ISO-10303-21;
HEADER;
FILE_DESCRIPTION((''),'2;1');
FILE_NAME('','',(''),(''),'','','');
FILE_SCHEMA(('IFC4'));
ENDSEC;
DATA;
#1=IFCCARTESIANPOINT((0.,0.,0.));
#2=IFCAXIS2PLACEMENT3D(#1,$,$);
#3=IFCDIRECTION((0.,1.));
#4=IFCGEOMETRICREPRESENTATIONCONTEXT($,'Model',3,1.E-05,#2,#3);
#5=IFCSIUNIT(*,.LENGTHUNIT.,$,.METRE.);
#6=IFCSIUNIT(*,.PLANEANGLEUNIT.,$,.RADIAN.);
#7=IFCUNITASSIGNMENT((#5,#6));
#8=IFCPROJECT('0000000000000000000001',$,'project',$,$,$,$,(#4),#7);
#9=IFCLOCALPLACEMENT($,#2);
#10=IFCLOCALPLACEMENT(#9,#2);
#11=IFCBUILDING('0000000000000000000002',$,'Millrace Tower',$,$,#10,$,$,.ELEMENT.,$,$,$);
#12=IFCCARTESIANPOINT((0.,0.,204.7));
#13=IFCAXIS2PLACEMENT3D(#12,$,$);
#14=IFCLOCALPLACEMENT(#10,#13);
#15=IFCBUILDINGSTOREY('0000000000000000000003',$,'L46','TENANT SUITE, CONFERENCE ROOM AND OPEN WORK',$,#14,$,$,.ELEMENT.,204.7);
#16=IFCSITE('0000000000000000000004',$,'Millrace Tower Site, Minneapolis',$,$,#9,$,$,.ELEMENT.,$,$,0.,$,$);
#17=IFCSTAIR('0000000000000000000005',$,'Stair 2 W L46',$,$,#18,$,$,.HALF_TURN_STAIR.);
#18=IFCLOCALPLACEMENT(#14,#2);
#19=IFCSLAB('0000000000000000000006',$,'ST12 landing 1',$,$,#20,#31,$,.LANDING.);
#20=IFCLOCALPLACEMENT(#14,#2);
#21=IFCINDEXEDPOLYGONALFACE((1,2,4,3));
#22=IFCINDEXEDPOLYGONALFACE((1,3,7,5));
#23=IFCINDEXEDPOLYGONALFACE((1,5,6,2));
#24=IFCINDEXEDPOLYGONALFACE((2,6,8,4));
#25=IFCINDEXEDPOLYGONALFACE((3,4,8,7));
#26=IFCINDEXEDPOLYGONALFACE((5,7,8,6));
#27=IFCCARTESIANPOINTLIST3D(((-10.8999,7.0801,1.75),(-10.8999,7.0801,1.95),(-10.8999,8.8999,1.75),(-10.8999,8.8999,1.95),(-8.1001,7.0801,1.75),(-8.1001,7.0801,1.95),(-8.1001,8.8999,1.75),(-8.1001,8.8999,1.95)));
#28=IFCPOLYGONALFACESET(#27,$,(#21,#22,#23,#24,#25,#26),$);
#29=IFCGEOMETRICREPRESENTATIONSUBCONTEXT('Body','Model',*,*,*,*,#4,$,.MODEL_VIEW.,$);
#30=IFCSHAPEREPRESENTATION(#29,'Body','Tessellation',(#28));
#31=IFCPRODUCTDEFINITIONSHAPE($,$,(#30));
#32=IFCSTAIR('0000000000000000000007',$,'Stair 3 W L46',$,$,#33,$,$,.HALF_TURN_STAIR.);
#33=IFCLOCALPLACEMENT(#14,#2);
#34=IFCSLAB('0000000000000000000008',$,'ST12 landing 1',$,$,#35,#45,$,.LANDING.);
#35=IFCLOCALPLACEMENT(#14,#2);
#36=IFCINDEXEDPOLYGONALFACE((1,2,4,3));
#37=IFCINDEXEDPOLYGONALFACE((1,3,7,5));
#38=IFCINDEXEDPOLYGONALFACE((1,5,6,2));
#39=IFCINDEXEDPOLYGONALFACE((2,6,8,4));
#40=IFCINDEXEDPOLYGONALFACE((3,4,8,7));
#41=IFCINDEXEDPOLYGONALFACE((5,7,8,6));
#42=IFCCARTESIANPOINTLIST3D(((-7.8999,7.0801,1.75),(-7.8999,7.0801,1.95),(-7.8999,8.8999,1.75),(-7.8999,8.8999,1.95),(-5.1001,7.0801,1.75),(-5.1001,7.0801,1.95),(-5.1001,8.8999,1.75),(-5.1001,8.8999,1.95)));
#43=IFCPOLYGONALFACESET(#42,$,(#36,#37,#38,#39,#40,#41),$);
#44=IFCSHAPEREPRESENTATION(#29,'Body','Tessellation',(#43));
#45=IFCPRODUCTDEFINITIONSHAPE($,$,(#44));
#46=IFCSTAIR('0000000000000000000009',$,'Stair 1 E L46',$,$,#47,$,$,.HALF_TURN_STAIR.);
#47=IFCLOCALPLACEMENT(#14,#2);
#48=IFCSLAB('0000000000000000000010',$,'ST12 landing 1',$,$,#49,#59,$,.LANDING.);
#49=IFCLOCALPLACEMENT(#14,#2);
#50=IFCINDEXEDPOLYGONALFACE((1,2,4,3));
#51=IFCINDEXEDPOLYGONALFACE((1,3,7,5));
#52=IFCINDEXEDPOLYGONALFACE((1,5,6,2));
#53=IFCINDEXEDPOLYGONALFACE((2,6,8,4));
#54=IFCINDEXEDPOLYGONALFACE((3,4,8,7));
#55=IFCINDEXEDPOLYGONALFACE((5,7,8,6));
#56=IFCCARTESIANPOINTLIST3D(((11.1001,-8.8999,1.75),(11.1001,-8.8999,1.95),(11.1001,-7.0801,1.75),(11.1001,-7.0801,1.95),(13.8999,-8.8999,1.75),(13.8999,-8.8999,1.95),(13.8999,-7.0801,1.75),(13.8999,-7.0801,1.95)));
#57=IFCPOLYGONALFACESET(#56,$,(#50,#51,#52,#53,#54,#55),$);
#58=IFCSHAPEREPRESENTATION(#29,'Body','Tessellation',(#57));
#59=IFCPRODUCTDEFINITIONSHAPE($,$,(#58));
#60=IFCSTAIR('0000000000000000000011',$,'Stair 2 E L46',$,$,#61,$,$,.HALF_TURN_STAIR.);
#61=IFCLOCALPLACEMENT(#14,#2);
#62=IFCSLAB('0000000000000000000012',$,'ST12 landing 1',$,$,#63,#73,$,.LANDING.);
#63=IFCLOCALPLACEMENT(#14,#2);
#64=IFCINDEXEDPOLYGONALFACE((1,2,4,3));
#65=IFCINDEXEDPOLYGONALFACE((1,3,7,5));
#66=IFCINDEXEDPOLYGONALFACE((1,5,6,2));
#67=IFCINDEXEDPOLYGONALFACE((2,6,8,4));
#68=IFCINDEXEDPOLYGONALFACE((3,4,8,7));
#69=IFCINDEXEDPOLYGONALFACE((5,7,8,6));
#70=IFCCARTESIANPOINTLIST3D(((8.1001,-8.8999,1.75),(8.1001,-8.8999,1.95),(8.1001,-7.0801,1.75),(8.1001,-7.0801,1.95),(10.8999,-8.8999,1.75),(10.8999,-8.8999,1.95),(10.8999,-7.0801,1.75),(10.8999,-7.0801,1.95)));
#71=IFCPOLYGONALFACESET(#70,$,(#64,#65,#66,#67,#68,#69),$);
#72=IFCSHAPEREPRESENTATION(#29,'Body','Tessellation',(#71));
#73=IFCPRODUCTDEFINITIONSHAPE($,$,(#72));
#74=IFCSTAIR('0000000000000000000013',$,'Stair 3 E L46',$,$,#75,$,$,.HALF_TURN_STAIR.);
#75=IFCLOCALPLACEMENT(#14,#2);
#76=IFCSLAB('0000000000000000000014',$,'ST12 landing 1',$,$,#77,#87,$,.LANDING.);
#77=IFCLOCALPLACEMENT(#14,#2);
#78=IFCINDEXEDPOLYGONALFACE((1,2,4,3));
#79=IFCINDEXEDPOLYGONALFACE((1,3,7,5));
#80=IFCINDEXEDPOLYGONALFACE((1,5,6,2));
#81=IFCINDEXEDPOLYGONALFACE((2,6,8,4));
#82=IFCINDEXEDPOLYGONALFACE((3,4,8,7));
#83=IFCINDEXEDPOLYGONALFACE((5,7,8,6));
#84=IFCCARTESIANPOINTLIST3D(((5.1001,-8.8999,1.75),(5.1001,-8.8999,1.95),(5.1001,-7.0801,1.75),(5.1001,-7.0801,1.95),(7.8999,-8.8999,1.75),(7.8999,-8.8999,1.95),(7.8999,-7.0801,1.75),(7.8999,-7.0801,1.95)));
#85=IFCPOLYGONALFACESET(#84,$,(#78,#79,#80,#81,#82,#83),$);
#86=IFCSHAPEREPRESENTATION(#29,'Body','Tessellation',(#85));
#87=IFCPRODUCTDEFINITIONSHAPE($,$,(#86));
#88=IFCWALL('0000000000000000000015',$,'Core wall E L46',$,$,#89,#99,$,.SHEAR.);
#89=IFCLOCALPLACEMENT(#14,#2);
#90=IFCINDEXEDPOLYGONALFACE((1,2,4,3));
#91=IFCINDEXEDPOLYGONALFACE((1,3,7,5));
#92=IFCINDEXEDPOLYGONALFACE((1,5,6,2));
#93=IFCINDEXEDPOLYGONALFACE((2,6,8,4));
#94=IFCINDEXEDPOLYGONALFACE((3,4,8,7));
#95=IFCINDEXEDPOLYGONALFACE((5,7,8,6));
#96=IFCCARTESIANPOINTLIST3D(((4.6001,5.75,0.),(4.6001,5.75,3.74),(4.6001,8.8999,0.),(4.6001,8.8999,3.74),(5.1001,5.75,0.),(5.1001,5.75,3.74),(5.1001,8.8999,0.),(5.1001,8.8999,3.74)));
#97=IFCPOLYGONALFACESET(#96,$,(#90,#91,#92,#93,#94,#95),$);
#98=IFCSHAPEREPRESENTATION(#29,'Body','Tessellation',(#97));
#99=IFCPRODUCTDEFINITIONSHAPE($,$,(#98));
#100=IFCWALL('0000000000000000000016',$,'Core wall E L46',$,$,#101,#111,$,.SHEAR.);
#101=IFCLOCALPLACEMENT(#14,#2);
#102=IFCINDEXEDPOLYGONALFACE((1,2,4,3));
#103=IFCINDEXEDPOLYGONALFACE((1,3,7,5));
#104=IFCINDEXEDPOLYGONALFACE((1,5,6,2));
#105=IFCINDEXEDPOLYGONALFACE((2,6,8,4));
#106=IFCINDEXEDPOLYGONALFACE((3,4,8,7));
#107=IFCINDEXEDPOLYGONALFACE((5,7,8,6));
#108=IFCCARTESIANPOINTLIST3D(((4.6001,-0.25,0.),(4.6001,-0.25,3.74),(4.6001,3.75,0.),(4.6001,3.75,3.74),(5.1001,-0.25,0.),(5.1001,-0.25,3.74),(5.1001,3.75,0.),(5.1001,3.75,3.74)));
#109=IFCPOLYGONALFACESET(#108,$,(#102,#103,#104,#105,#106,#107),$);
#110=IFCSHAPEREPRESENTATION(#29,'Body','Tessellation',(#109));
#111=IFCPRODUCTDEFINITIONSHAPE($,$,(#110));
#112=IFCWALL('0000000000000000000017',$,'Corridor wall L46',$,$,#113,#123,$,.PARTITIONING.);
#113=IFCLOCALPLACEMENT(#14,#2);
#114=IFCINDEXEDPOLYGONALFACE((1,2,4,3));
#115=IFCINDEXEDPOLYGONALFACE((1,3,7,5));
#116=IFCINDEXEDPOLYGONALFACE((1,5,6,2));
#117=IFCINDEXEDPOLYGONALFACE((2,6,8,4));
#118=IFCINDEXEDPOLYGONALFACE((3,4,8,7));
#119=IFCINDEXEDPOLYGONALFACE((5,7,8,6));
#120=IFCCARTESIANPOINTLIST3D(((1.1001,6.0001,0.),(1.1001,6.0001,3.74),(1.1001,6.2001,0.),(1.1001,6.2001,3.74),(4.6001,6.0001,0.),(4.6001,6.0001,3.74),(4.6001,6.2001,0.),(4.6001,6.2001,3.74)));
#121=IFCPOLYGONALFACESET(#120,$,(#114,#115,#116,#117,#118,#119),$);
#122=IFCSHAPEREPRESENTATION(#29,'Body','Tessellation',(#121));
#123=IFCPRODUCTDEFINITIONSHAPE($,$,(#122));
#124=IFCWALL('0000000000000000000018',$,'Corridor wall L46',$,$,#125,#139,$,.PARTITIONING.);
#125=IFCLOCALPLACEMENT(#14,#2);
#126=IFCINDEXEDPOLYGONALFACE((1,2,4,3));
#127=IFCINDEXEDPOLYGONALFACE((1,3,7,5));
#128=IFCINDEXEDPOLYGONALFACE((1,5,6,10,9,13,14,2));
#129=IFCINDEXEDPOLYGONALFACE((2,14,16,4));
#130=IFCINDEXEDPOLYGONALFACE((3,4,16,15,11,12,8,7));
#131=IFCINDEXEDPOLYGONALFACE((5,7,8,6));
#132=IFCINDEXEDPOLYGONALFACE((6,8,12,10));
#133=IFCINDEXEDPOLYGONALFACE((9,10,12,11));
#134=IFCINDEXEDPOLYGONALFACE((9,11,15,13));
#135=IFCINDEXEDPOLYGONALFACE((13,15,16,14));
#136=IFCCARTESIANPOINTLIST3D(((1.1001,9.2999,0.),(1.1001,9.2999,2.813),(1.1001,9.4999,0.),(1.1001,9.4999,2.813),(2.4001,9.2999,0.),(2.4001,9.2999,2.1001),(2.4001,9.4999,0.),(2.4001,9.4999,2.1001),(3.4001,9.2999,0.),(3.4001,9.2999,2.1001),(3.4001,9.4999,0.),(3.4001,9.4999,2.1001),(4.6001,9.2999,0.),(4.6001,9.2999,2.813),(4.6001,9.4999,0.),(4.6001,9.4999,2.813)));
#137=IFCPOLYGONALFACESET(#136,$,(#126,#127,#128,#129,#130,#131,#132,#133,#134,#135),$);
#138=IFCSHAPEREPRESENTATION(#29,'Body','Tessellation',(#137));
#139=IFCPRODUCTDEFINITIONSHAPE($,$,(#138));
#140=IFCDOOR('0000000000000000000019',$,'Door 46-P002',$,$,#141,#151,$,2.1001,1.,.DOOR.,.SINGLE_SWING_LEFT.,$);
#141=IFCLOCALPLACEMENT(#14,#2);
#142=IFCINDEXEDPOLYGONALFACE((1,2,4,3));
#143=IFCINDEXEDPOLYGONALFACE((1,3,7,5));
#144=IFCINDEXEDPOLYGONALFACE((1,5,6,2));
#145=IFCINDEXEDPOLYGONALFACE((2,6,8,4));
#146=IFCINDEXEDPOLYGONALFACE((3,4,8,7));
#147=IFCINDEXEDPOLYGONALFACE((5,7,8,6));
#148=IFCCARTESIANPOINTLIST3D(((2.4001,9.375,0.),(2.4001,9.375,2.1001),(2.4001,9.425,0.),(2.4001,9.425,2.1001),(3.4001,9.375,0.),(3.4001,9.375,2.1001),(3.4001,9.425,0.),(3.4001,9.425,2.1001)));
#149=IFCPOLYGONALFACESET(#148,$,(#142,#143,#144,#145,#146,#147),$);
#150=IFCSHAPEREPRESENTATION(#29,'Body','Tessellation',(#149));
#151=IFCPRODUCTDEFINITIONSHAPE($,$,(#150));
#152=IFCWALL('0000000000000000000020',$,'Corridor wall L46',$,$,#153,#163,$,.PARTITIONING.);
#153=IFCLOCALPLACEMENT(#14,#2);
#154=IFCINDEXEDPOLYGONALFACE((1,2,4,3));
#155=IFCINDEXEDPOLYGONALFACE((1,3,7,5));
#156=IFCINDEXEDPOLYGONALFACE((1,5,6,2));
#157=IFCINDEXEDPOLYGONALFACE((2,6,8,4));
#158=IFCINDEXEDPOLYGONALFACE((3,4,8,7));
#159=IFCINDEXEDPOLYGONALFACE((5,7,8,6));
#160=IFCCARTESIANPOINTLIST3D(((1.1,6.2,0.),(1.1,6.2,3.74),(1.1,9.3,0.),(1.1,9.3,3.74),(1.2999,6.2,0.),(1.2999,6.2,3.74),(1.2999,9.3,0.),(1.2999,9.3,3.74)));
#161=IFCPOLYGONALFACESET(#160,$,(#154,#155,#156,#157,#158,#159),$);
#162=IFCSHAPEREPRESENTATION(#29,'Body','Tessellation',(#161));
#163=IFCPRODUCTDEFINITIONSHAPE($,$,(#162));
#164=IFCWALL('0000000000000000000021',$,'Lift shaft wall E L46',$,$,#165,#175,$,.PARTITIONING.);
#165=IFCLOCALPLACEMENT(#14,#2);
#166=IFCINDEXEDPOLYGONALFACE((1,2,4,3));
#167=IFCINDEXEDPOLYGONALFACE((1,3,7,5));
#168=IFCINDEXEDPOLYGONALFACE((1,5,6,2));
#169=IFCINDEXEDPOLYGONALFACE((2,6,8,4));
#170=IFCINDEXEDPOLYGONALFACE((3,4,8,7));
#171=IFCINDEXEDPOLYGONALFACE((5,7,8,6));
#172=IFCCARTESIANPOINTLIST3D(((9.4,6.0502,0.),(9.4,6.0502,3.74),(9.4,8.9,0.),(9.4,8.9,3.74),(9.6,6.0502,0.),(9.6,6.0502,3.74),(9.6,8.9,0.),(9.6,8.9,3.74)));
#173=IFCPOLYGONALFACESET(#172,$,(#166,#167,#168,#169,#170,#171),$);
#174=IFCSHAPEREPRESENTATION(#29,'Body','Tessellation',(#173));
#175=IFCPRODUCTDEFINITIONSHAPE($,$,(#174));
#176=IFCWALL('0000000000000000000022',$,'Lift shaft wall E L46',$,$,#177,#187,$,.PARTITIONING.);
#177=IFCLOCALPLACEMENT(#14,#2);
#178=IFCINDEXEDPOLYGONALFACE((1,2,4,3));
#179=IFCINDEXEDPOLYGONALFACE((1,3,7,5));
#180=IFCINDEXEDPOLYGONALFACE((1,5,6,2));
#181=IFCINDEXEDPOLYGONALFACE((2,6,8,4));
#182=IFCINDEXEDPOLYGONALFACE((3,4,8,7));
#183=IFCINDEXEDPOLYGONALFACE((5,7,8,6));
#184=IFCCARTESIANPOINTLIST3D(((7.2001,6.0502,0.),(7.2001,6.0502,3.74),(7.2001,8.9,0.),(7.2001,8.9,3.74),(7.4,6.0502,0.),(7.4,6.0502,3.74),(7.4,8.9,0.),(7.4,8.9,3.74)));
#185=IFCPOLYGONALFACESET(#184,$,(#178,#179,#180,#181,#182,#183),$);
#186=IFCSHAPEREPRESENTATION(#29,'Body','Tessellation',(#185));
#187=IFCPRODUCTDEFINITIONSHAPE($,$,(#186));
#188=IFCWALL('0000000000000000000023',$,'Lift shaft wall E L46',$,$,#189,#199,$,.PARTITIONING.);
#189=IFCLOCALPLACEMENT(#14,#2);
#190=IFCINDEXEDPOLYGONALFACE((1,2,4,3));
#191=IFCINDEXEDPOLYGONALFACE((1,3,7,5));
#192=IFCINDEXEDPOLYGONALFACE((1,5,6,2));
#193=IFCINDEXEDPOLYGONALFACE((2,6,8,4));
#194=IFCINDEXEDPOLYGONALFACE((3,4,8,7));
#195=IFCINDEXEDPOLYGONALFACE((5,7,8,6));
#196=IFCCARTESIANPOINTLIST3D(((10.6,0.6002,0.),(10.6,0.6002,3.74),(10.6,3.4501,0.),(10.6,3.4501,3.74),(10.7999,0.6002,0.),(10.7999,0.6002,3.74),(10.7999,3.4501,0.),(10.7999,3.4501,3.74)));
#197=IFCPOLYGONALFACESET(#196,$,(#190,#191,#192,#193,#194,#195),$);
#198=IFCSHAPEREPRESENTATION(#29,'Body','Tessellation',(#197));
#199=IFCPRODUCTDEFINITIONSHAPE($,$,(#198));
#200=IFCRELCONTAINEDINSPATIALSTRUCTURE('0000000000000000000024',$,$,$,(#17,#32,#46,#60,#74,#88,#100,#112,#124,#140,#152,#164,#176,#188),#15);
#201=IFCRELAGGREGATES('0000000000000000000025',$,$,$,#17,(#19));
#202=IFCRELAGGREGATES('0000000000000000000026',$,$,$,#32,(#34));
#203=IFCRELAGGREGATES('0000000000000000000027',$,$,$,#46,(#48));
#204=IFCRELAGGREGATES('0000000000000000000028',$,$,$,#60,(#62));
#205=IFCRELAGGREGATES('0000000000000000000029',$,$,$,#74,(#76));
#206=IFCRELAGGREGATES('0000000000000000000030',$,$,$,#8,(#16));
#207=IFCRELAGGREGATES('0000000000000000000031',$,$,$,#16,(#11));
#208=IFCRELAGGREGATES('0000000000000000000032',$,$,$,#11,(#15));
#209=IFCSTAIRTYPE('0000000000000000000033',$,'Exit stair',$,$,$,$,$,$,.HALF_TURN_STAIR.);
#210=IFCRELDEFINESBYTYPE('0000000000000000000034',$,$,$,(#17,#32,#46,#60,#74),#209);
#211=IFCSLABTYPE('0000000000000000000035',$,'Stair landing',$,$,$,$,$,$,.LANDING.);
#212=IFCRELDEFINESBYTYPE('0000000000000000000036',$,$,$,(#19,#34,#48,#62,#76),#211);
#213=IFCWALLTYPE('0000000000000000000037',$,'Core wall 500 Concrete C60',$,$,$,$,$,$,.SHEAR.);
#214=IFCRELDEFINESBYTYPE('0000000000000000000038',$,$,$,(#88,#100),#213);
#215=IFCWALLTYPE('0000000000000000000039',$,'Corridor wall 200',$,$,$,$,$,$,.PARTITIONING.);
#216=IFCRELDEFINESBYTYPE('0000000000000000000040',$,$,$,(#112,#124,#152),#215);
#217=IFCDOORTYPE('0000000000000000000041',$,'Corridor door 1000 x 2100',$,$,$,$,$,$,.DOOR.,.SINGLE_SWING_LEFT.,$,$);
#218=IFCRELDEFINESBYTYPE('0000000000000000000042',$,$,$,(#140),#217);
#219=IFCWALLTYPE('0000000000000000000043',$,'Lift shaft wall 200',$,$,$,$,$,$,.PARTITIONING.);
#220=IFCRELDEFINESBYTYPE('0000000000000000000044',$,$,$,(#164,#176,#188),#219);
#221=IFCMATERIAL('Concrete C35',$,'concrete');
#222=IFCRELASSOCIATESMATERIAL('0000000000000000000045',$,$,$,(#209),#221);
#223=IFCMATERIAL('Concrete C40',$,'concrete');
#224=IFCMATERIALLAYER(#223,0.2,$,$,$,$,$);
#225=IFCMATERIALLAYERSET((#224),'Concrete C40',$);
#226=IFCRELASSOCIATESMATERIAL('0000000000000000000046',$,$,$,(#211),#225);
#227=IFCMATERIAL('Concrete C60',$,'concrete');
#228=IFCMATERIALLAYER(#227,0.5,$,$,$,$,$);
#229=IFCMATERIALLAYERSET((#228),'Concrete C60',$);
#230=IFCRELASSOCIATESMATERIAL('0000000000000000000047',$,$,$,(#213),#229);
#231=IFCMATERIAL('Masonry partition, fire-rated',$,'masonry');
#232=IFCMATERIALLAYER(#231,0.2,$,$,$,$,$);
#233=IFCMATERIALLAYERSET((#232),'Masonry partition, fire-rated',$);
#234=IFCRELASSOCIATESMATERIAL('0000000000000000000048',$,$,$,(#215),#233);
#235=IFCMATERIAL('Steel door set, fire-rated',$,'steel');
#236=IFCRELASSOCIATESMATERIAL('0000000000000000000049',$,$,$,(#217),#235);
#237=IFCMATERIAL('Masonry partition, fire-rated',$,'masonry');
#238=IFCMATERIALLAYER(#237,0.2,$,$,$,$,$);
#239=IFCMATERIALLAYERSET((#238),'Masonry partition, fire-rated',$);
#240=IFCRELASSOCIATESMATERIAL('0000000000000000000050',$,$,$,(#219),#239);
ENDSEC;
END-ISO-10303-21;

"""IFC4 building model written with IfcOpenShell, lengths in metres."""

from ifc_helpers import new_model, si_unit, direction, frame, frame_2d, origin, place, context, subcontext, project, spatial, polyline, rectangle, outline, extrude, material, layer, layer_set, type_object, element, fill, aggregate, save


model = new_model("IFC4")

# Units and contexts
model_context = context("Model", 3, precision=1e-05, world=origin(), true_north=direction((0.0, 1.0)))
body_context = subcontext(model_context, "Body", "Model", "MODEL_VIEW")
ifc_project = project(units=[si_unit("LENGTHUNIT", "METRE"), si_unit("PLANEANGLEUNIT", "RADIAN")], contexts=[model_context])

# Site, building, storey
site_placement = place(None, origin())
site = spatial("IfcSite", under=ifc_project, at=site_placement, Name="Millrace Tower Site, Minneapolis", CompositionType="ELEMENT", RefElevation=0.0)
building_placement = place(site_placement, origin())
building = spatial("IfcBuilding", under=site, at=building_placement, Name="Millrace Tower", CompositionType="ELEMENT")
storey_placement = place(building_placement, frame((0.0, 0.0, 204.7)))
storey = spatial("IfcBuildingStorey", under=building, at=storey_placement, Name="L46", Description="TENANT SUITE, CONFERENCE ROOM AND OPEN WORK", CompositionType="ELEMENT", Elevation=204.7)

# Shared definitions
placement_1 = place(storey_placement, origin())

# Stairs, slabs
ifc_material_1 = material(Name="Concrete C35", Category="concrete")
stair_type = type_object("IfcStairType", Name="Exit stair", PredefinedType="HALF_TURN_STAIR", material=ifc_material_1)
ifc_material_2 = material(Name="Concrete C40", Category="concrete")
ifc_layer_1 = layer(ifc_material_2, 0.2)
ifc_layer_set_1 = layer_set([ifc_layer_1], Name="Concrete C40")
slab_type = type_object("IfcSlabType", Name="Stair landing", PredefinedType="LANDING", material=ifc_layer_set_1)
placement_2 = place(storey_placement, frame((0.0, 0.0, 1.75)))
stair_1 = element("IfcStair", 1, at=placement_1, inside=storey, type_object=stair_type, Name="Stair 2 W L46", PredefinedType="HALF_TURN_STAIR")
slab_1 = element("IfcSlab", 2, at=placement_2, type_object=slab_type, Name="ST12 landing 1", PredefinedType="LANDING", context=body_context, shape_type="SweptSolid", body=[
    extrude(outline(polyline([(-10.8999, 7.0801), (-8.1001, 7.0801), (-8.1001, 8.8999), (-10.8999, 8.8999), (-10.8999, 7.0801)])), origin(), (0.0, 0.0, 1.0), 0.2),
])
aggregate(stair_1, [slab_1])
stair_2 = element("IfcStair", 3, at=placement_1, inside=storey, type_object=stair_type, Name="Stair 3 W L46", PredefinedType="HALF_TURN_STAIR")
slab_2 = element("IfcSlab", 4, at=placement_2, type_object=slab_type, Name="ST12 landing 1", PredefinedType="LANDING", context=body_context, shape_type="SweptSolid", body=[
    extrude(outline(polyline([(-7.8999, 7.0801), (-5.1001, 7.0801), (-5.1001, 8.8999), (-7.8999, 8.8999), (-7.8999, 7.0801)])), origin(), (0.0, 0.0, 1.0), 0.2),
])
aggregate(stair_2, [slab_2])
stair_3 = element("IfcStair", 5, at=placement_1, inside=storey, type_object=stair_type, Name="Stair 1 E L46", PredefinedType="HALF_TURN_STAIR")
slab_3 = element("IfcSlab", 6, at=placement_2, type_object=slab_type, Name="ST12 landing 1", PredefinedType="LANDING", context=body_context, shape_type="SweptSolid", body=[
    extrude(outline(polyline([(11.1001, -8.8999), (13.8999, -8.8999), (13.8999, -7.0801), (11.1001, -7.0801), (11.1001, -8.8999)])), origin(), (0.0, 0.0, 1.0), 0.2),
])
aggregate(stair_3, [slab_3])
stair_4 = element("IfcStair", 7, at=placement_1, inside=storey, type_object=stair_type, Name="Stair 2 E L46", PredefinedType="HALF_TURN_STAIR")
slab_4 = element("IfcSlab", 8, at=placement_2, type_object=slab_type, Name="ST12 landing 1", PredefinedType="LANDING", context=body_context, shape_type="SweptSolid", body=[
    extrude(outline(polyline([(8.1001, -8.8999), (10.8999, -8.8999), (10.8999, -7.0801), (8.1001, -7.0801), (8.1001, -8.8999)])), origin(), (0.0, 0.0, 1.0), 0.2),
])
aggregate(stair_4, [slab_4])
stair_5 = element("IfcStair", 9, at=placement_1, inside=storey, type_object=stair_type, Name="Stair 3 E L46", PredefinedType="HALF_TURN_STAIR")
slab_5 = element("IfcSlab", 10, at=placement_2, type_object=slab_type, Name="ST12 landing 1", PredefinedType="LANDING", context=body_context, shape_type="SweptSolid", body=[
    extrude(outline(polyline([(5.1001, -8.8999), (7.8999, -8.8999), (7.8999, -7.0801), (5.1001, -7.0801), (5.1001, -8.8999)])), origin(), (0.0, 0.0, 1.0), 0.2),
])
aggregate(stair_5, [slab_5])

# Walls
ifc_material_3 = material(Name="Concrete C60", Category="concrete")
ifc_layer_2 = layer(ifc_material_3, 0.5)
ifc_layer_set_2 = layer_set([ifc_layer_2], Name="Concrete C60")
wall_type_1 = type_object("IfcWallType", Name="Core wall 500 Concrete C60", PredefinedType="SHEAR", material=ifc_layer_set_2)
wall_1_placement = place(storey_placement, frame((4.8501, 8.8999, 0.0), z_axis=(0.0, 0.0, 1.0), x_axis=(0.0, -1.0, 0.0)))
element("IfcWall", 11, at=wall_1_placement, inside=storey, type_object=wall_type_1, Name="Core wall E L46", PredefinedType="SHEAR", context=body_context, shape_type="SweptSolid", body=[
    extrude(rectangle(XDim=3.1499, YDim=0.5, at=frame_2d((1.575, 0.0))), origin(), (0.0, 0.0, 1.0), 3.74),
])
wall_2_placement = place(storey_placement, frame((4.8501, 3.75, 0.0), z_axis=(0.0, 0.0, 1.0), x_axis=(0.0, -1.0, 0.0)))
element("IfcWall", 12, at=wall_2_placement, inside=storey, type_object=wall_type_1, Name="Core wall E L46", PredefinedType="SHEAR", context=body_context, shape_type="SweptSolid", body=[
    extrude(rectangle(XDim=4.0, YDim=0.5, at=frame_2d((2.0, 0.0))), origin(), (0.0, 0.0, 1.0), 3.74),
])
ifc_material_4 = material(Name="Masonry partition, fire-rated", Category="masonry")
ifc_layer_3 = layer(ifc_material_4, 0.2)
ifc_layer_set_3 = layer_set([ifc_layer_3], Name="Masonry partition, fire-rated")
wall_type_2 = type_object("IfcWallType", Name="Corridor wall 200", PredefinedType="PARTITIONING", material=ifc_layer_set_3)
wall_3_placement = place(storey_placement, frame((1.1001, 6.1001, 0.0), z_axis=(0.0, 0.0, 1.0), x_axis=(1.0, 0.0, 0.0)))
element("IfcWall", 13, at=wall_3_placement, inside=storey, type_object=wall_type_2, Name="Corridor wall L46", PredefinedType="PARTITIONING", context=body_context, shape_type="SweptSolid", body=[
    extrude(rectangle(XDim=3.5, YDim=0.2, at=frame_2d((1.75, 0.0))), origin(), (0.0, 0.0, 1.0), 3.74),
])

# Wall, opening, door
wall_4_placement = place(storey_placement, frame((1.1001, 9.3999, 0.0), z_axis=(0.0, 0.0, 1.0), x_axis=(1.0, 0.0, 0.0)))
wall_4 = element("IfcWall", 14, at=wall_4_placement, inside=storey, type_object=wall_type_2, Name="Corridor wall L46", PredefinedType="PARTITIONING", context=body_context, shape_type="SweptSolid", body=[
    extrude(rectangle(XDim=3.5, YDim=0.2, at=frame_2d((1.75, 0.0))), origin(), (0.0, 0.0, 1.0), 2.813),
])
opening_1_placement = place(wall_4_placement, frame((1.3, 0.0, 0.0)))
opening_1 = element("IfcOpeningElement", 15, at=opening_1_placement, cuts=wall_4, PredefinedType="OPENING", context=body_context, shape_type="SweptSolid", body=[
    extrude(rectangle(XDim=1.0, YDim=2.1001, at=frame_2d((0.5, 1.05))), frame((0.0, 0.1099, 0.0), z_axis=(0.0, -1.0, 0.0), x_axis=(1.0, 0.0, 0.0)), (0.0, 0.0, 1.0), 0.22),
])
ifc_material_5 = material(Name="Steel door set, fire-rated", Category="steel")
door_type_1 = type_object("IfcDoorType", Name="Corridor door 1000 x 2100", OperationType="SINGLE_SWING_LEFT", PredefinedType="DOOR", material=ifc_material_5)
door_1_placement = place(opening_1_placement, frame((1.0, 0.0, 0.0), z_axis=(0.0, 0.0, 1.0), x_axis=(-1.0, 0.0, 0.0)))
door_1 = element("IfcDoor", 16, at=door_1_placement, inside=storey, type_object=door_type_1, Name="Door 46-P002", OperationType="SINGLE_SWING_LEFT", OverallHeight=2.1001, OverallWidth=1.0, PredefinedType="DOOR", context=body_context, shape_type="SweptSolid", body=[
    extrude(rectangle(XDim=1.0, YDim=2.1001, at=frame_2d((0.5, 1.05))), frame((0.0, 0.0249, 0.0), z_axis=(0.0, -1.0, 0.0), x_axis=(1.0, 0.0, 0.0)), (0.0, 0.0, 1.0), 0.05),
])
fill(opening_1, door_1)

# Walls
wall_5_placement = place(storey_placement, frame((1.2, 6.2, 0.0), z_axis=(0.0, 0.0, 1.0), x_axis=(0.0, 1.0, 0.0)))
element("IfcWall", 17, at=wall_5_placement, inside=storey, type_object=wall_type_2, Name="Corridor wall L46", PredefinedType="PARTITIONING", context=body_context, shape_type="SweptSolid", body=[
    extrude(rectangle(XDim=3.1001, YDim=0.2, at=frame_2d((1.55, 0.0))), origin(), (0.0, 0.0, 1.0), 3.74),
])
ifc_material_6 = material(Name="Masonry partition, fire-rated", Category="masonry")
ifc_layer_4 = layer(ifc_material_6, 0.2)
ifc_layer_set_4 = layer_set([ifc_layer_4], Name="Masonry partition, fire-rated")
wall_type_3 = type_object("IfcWallType", Name="Lift shaft wall 200", PredefinedType="PARTITIONING", material=ifc_layer_set_4)
for number, where, z_axis, x_axis, name in (
    (18, (9.5, 8.8999, 0.0), (0.0, 0.0, 1.0), (0.0, -1.0, 0.0), "Lift shaft wall E L46"),
    (19, (7.3, 8.8999, 0.0), (0.0, 0.0, 1.0), (0.0, -1.0, 0.0), "Lift shaft wall E L46"),
    (20, (10.7, 3.45, 0.0), (0.0, 0.0, 1.0), (0.0, -1.0, 0.0), "Lift shaft wall E L46"),
):
    element("IfcWall", number, at=place(storey_placement, frame(where, z_axis=z_axis, x_axis=x_axis)), inside=storey, type_object=wall_type_3, Name=name, PredefinedType="PARTITIONING", context=body_context, shape_type="SweptSolid", body=[
        extrude(rectangle(XDim=2.8499, YDim=0.2, at=frame_2d((1.4248, 0.0))), origin(), (0.0, 0.0, 1.0), 3.74),
    ])

save(model, "model.ifc")
